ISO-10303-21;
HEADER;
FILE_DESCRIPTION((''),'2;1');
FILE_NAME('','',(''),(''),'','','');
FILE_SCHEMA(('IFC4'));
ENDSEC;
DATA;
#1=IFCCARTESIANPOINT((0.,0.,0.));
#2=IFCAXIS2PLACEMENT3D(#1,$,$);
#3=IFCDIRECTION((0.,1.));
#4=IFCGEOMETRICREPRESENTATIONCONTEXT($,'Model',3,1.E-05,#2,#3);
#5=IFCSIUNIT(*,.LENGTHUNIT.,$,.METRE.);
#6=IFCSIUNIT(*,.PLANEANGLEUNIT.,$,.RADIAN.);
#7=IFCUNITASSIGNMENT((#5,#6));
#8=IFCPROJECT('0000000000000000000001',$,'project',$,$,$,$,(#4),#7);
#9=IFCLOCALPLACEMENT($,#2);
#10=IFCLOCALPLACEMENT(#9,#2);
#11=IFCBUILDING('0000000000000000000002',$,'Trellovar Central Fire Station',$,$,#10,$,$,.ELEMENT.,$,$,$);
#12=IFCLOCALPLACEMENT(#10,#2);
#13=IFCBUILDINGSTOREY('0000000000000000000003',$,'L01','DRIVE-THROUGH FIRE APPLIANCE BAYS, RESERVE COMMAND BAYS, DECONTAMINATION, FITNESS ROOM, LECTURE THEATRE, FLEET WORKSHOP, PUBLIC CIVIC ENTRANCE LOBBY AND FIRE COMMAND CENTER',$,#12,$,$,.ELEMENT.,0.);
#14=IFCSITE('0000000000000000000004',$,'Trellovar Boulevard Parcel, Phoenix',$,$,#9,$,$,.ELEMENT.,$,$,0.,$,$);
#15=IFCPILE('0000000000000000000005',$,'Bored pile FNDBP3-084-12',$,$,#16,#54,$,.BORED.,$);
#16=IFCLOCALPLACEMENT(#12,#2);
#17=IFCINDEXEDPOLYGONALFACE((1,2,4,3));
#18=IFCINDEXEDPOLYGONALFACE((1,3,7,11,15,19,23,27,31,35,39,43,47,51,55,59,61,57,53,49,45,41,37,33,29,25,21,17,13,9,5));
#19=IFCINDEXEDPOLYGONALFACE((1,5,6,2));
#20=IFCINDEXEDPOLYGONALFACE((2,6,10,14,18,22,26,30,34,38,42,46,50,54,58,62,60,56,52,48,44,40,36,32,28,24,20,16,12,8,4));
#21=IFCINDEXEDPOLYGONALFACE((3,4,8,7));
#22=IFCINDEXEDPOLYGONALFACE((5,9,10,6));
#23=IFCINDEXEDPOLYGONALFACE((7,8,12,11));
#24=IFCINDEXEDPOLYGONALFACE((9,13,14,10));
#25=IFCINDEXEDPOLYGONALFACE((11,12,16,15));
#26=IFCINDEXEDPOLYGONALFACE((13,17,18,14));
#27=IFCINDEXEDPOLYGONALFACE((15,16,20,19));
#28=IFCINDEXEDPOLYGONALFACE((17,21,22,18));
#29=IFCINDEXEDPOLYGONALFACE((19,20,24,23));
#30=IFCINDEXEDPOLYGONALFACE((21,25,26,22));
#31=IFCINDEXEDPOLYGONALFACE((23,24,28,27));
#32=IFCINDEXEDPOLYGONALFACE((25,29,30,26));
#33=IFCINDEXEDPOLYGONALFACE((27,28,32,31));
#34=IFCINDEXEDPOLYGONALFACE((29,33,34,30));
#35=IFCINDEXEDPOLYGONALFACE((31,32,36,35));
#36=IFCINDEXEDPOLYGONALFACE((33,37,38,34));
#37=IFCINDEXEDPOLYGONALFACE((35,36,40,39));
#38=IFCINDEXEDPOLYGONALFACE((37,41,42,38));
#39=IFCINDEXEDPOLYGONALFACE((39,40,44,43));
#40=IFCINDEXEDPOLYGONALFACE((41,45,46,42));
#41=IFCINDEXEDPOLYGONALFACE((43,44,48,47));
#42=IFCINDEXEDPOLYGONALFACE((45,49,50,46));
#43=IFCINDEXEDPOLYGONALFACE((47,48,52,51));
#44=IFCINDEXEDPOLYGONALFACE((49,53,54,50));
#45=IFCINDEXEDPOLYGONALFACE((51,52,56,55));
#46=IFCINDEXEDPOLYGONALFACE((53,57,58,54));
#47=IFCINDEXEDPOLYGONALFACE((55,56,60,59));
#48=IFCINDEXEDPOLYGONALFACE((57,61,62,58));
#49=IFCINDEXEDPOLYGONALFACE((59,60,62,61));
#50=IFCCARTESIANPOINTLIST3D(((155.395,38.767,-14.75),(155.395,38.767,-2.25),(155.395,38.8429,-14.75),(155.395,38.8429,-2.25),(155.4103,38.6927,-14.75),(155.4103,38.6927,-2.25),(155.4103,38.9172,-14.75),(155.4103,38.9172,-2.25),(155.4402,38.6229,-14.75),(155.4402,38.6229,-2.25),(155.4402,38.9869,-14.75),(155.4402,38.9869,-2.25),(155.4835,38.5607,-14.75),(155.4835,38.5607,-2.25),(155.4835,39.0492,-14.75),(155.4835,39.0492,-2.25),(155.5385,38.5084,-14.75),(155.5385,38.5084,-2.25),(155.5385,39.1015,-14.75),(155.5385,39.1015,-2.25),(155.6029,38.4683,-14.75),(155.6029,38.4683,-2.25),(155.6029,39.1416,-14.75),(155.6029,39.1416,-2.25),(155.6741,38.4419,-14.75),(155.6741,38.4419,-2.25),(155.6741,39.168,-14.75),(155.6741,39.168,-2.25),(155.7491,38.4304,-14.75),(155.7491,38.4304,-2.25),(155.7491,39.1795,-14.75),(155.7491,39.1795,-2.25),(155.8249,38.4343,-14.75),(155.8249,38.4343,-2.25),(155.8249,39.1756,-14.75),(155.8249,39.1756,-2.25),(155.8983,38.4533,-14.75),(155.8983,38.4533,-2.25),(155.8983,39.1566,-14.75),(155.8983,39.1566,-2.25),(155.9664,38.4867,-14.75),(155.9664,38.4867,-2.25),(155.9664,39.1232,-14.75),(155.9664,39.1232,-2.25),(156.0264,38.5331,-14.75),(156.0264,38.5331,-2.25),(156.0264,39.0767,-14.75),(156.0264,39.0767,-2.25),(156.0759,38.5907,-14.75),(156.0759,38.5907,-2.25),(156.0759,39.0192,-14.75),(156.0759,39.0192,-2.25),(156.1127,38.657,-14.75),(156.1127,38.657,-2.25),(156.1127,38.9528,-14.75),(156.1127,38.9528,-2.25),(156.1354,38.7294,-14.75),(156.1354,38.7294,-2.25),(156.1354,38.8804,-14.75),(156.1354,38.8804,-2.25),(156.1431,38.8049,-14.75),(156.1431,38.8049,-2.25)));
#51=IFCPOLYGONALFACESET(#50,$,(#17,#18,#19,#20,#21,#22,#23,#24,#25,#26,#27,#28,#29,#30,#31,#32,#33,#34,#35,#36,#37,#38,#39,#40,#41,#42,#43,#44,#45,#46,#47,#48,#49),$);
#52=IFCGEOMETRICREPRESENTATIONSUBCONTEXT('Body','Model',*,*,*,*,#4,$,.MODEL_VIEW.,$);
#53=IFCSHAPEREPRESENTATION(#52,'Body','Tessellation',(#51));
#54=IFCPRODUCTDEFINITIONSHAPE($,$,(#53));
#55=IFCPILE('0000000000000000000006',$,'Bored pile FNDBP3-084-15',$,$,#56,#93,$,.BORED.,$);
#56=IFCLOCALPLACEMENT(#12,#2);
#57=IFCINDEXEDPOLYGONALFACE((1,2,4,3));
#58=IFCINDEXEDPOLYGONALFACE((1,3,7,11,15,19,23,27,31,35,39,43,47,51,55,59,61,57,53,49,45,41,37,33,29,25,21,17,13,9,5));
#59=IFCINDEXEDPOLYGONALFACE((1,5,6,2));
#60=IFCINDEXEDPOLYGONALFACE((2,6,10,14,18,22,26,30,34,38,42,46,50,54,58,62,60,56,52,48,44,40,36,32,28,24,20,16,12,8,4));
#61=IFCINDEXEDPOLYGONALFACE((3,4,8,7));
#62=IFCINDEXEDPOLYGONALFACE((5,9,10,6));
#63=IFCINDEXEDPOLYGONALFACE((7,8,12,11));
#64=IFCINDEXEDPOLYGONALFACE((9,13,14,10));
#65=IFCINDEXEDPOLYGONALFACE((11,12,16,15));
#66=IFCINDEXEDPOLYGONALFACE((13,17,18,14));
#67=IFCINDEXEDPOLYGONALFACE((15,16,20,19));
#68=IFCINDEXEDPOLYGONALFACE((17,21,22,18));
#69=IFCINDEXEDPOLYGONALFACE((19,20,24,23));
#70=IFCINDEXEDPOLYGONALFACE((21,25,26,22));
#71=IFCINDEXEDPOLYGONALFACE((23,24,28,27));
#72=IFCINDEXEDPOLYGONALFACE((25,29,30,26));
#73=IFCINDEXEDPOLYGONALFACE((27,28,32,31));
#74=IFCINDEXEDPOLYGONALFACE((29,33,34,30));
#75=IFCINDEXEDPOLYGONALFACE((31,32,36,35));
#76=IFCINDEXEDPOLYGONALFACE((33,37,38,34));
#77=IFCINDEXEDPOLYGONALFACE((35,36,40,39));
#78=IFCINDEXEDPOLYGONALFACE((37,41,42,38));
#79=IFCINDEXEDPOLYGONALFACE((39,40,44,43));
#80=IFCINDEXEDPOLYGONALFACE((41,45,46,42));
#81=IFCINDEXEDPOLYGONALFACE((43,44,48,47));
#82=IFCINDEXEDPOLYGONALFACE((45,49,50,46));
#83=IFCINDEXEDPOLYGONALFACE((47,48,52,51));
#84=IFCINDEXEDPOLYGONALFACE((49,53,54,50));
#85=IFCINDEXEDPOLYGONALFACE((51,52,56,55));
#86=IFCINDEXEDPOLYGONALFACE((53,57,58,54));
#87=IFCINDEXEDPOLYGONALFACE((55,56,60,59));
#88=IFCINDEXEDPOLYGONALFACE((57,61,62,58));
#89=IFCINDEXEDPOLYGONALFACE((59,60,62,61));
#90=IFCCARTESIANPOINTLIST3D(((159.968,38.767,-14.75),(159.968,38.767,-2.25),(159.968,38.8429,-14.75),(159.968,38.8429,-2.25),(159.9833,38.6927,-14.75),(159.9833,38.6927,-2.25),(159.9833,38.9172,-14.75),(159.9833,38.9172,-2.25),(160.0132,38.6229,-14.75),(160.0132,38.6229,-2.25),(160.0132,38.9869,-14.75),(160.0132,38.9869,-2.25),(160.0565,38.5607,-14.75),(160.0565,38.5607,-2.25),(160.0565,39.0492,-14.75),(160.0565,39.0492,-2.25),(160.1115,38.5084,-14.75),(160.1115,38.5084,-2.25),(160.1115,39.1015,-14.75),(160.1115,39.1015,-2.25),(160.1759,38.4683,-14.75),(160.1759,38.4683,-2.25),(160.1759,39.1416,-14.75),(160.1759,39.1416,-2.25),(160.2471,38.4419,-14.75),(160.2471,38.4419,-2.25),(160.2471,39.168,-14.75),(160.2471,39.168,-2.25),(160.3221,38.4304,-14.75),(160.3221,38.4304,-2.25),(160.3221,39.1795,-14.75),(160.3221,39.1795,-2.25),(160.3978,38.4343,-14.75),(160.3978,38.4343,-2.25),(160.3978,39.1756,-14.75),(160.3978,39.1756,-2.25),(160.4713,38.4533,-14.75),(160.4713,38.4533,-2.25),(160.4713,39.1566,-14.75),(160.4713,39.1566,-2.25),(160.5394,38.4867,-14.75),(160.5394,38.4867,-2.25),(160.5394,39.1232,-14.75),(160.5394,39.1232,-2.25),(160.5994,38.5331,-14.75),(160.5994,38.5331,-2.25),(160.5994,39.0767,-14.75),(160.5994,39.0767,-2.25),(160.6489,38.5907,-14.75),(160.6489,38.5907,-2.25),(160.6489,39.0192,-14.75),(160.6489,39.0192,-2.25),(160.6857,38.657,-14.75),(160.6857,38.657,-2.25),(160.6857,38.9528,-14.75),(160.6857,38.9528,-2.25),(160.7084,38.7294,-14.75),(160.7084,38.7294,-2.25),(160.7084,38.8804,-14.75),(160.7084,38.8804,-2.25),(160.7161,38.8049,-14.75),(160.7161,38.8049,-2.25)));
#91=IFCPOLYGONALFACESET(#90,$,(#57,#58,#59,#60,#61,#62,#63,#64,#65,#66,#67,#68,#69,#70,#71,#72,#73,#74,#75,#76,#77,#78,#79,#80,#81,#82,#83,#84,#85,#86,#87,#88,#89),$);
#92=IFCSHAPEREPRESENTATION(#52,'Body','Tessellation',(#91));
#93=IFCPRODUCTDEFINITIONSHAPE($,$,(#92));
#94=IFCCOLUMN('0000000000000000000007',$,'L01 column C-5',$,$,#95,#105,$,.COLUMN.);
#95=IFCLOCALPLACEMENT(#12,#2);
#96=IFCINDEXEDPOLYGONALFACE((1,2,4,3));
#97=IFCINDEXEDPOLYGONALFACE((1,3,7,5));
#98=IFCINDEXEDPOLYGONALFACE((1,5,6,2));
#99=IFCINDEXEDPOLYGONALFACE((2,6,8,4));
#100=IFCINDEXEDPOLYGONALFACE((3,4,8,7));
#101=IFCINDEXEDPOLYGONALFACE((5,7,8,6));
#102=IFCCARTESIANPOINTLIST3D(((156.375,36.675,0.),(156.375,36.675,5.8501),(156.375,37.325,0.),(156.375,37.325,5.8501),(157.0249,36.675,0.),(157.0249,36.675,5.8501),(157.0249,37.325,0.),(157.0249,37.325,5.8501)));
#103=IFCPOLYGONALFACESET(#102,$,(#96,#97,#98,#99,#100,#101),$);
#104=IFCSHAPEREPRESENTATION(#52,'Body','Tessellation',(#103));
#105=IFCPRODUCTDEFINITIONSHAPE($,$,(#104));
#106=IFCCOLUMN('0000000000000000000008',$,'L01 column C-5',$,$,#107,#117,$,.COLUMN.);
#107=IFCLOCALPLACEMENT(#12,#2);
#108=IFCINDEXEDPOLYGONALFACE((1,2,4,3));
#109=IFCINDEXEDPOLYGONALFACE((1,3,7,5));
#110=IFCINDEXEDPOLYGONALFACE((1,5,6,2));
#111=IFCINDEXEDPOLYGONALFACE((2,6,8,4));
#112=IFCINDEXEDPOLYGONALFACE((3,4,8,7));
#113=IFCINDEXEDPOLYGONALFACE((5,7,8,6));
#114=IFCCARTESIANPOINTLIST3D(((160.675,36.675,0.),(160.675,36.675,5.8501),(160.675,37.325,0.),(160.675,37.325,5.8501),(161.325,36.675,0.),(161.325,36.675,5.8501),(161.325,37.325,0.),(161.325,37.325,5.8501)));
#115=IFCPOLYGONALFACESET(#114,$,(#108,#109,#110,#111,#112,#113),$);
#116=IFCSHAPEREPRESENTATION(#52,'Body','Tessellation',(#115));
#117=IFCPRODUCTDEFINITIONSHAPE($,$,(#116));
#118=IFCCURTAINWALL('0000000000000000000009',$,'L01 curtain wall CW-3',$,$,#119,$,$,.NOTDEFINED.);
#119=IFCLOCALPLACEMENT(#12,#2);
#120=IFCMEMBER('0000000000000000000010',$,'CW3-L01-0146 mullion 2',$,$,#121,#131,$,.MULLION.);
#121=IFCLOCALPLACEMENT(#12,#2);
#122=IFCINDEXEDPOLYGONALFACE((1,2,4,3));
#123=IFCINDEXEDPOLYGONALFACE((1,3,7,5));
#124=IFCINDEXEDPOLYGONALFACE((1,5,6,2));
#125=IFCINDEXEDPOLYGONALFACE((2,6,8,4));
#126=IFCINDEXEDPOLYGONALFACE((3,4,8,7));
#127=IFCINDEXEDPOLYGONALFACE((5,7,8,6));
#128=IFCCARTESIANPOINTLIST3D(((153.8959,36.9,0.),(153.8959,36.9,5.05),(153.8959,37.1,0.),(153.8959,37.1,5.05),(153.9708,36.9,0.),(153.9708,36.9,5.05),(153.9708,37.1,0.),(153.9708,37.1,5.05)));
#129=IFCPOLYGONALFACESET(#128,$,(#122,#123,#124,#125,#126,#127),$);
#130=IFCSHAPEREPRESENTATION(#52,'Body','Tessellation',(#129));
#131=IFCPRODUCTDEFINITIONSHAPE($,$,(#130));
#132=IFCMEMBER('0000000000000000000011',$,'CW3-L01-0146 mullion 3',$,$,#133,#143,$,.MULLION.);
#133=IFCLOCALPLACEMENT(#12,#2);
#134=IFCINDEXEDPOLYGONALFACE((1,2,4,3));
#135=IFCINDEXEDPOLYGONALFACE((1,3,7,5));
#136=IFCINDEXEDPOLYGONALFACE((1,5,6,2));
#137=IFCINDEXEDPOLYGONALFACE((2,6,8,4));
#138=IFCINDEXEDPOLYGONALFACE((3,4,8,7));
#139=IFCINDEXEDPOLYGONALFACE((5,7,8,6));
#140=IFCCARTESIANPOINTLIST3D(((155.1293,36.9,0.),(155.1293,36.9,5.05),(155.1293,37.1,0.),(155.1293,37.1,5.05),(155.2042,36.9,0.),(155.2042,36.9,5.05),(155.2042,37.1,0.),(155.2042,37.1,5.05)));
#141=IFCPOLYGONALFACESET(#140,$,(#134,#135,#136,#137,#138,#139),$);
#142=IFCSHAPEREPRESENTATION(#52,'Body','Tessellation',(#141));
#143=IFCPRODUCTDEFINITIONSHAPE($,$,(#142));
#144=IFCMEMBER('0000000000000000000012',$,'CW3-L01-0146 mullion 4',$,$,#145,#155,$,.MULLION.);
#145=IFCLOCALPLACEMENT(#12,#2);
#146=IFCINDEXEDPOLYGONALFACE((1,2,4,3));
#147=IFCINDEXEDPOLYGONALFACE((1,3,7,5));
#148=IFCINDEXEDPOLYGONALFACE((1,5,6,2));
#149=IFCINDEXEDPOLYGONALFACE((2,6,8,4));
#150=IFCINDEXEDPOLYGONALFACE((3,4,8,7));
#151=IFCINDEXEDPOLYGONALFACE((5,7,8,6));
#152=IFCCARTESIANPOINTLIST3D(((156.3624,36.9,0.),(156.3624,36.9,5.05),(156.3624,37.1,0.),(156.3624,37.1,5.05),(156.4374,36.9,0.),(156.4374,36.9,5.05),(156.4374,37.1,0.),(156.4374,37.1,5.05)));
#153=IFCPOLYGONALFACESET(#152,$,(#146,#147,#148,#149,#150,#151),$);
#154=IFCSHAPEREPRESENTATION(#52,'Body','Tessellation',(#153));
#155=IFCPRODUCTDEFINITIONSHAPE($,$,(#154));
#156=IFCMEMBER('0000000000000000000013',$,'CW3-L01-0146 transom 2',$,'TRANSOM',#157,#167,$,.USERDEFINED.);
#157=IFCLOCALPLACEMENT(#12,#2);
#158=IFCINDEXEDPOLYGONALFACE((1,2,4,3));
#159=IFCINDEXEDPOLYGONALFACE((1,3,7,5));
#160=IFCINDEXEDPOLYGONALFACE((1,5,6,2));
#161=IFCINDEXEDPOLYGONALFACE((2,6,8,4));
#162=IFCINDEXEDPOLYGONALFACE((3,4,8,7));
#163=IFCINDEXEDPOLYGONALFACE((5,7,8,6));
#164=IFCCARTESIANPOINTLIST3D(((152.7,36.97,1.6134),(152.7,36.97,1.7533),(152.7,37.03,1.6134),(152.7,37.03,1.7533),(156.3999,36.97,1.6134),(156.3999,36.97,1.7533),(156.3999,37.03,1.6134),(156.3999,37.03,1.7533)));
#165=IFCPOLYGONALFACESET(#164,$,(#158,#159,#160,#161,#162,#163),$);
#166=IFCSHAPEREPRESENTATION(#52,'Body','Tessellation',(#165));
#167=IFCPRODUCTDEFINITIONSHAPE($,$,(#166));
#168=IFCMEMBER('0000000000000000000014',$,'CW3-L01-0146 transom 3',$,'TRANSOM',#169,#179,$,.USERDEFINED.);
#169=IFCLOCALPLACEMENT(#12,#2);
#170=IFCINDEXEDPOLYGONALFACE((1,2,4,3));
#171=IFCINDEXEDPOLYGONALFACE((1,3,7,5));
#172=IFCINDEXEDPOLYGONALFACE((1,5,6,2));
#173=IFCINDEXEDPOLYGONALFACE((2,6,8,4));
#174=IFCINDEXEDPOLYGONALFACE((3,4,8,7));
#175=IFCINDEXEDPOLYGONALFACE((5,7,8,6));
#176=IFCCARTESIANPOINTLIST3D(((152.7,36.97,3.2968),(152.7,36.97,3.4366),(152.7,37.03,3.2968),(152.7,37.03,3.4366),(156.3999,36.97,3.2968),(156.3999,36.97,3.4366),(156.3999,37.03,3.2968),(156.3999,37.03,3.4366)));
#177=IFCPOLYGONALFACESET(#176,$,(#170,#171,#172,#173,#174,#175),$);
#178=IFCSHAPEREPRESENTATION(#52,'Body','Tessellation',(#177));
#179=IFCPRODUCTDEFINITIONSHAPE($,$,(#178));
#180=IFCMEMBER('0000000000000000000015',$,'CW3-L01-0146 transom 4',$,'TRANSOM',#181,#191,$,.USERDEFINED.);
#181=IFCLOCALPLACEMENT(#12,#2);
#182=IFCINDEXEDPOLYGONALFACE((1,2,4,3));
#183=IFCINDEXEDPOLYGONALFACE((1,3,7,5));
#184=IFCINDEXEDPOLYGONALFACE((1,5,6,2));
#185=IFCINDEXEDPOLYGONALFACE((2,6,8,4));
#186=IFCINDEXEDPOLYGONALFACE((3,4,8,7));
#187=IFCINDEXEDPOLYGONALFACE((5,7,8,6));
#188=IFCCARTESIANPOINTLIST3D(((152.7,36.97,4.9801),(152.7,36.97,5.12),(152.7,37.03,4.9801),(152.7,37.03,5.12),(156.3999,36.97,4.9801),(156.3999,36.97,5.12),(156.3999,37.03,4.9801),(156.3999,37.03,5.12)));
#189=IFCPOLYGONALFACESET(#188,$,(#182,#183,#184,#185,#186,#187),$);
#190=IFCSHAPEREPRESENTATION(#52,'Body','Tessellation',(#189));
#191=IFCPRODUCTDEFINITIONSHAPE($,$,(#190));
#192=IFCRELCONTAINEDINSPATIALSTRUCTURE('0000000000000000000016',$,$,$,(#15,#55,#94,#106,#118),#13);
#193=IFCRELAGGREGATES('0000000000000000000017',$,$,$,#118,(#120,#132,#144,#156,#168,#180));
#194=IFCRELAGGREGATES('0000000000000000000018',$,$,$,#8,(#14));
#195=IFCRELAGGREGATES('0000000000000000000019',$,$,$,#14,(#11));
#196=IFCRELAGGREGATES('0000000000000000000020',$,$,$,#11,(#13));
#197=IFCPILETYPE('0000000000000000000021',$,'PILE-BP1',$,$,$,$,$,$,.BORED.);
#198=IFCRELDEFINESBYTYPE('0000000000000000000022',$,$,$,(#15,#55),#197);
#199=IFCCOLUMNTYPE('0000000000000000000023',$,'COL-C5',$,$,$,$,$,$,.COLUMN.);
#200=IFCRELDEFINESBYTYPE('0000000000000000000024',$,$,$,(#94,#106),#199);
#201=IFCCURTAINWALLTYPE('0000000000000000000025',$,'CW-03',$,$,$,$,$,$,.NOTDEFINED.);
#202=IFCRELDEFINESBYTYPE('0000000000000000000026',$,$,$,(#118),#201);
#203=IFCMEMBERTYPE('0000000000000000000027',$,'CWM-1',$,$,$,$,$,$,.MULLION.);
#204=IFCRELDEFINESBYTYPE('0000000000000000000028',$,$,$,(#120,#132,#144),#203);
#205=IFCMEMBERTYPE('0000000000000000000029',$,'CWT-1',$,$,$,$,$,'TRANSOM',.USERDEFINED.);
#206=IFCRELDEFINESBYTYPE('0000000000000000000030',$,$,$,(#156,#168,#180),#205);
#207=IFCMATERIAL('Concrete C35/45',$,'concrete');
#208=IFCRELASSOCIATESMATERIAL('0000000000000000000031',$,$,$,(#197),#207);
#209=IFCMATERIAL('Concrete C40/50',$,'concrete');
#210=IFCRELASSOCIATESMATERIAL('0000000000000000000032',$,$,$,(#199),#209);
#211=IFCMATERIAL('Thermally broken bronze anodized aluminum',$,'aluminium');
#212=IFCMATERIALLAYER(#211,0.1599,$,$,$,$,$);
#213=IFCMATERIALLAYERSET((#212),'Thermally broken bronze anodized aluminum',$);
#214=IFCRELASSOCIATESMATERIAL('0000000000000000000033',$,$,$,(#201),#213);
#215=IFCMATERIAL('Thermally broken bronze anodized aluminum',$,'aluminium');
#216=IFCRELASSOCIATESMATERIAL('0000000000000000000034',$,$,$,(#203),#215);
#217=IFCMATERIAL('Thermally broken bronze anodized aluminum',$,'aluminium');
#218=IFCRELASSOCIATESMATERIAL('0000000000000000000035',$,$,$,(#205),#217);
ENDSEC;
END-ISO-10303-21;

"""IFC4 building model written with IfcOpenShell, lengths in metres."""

from ifc_helpers import new_model, si_unit, direction, frame, origin, origin_2d, place, context, subcontext, project, spatial, rectangle, circle, extrude, material, layer, layer_set, material_profile, profile_set, type_object, element, aggregate, save


model = new_model("IFC4")

# Units and contexts
model_context = context("Model", 3, precision=1e-05, world=origin(), true_north=direction((0.0, 1.0)))
body_context = subcontext(model_context, "Body", "Model", "MODEL_VIEW")
ifc_project = project(units=[si_unit("LENGTHUNIT", "METRE"), si_unit("PLANEANGLEUNIT", "RADIAN")], contexts=[model_context])

# Site, building, storey
site_placement = place(None, origin())
site = spatial("IfcSite", under=ifc_project, at=site_placement, Name="Trellovar Boulevard Parcel, Phoenix", CompositionType="ELEMENT", RefElevation=0.0)
building_placement = place(site_placement, origin())
building = spatial("IfcBuilding", under=site, at=building_placement, Name="Trellovar Central Fire Station", CompositionType="ELEMENT")
storey_placement = place(building_placement, origin())
storey = spatial("IfcBuildingStorey", under=building, at=storey_placement, Name="L01", Description="DRIVE-THROUGH FIRE APPLIANCE BAYS, RESERVE COMMAND BAYS, DECONTAMINATION, FITNESS ROOM, LECTURE THEATRE, FLEET WORKSHOP, PUBLIC CIVIC ENTRANCE LOBBY AND FIRE COMMAND CENTER", CompositionType="ELEMENT", Elevation=0.0)

# Piles
ifc_material_1 = material(Name="Concrete C35/45", Category="concrete")
ifc_material_profile_1 = material_profile(ifc_material_1, circle(Radius=0.375, at=origin_2d()), Name="PILE750")
ifc_profile_set_1 = profile_set([ifc_material_profile_1], Name="Concrete C35/45")
pile_type = type_object("IfcPileType", Name="PILE-BP1", PredefinedType="BORED", material=ifc_profile_set_1)
for number, where, z_axis, x_axis, name in (
    (1, (155.7681, 38.8049, -2.25), (0.0, 0.0, -1.0), (1.0, 0.0, 0.0), "Bored pile FNDBP3-084-12"),
    (2, (160.3411, 38.8049, -2.25), (0.0, 0.0, -1.0), (1.0, 0.0, 0.0), "Bored pile FNDBP3-084-15"),
):
    element("IfcPile", number, at=place(storey_placement, frame(where, z_axis=z_axis, x_axis=x_axis)), inside=storey, type_object=pile_type, Name=name, PredefinedType="BORED", context=body_context, shape_type="SweptSolid", body=[
        extrude(circle(Radius=0.375, at=origin_2d()), origin(), (0.0, 0.0, 1.0), 12.5),
    ])

# Columns
ifc_material_2 = material(Name="Concrete C40/50", Category="concrete")
ifc_material_profile_2 = material_profile(ifc_material_2, rectangle(XDim=0.6499, YDim=0.6499, at=origin_2d()), Name="RC650X650")
ifc_profile_set_2 = profile_set([ifc_material_profile_2], Name="Concrete C40/50")
column_type = type_object("IfcColumnType", Name="COL-C5", PredefinedType="COLUMN", material=ifc_profile_set_2)
for number, where, z_axis, x_axis, name in (
    (3, (156.7, 37.0, 0.0), (0.0, 0.0, 1.0), (1.0, 0.0, 0.0), "L01 column C-5"),
    (4, (161.0, 37.0, 0.0), (0.0, 0.0, 1.0), (1.0, 0.0, 0.0), "L01 column C-5"),
):
    element("IfcColumn", number, at=place(storey_placement, frame(where, z_axis=z_axis, x_axis=x_axis)), inside=storey, type_object=column_type, Name=name, PredefinedType="COLUMN", context=body_context, shape_type="SweptSolid", body=[
        extrude(rectangle(XDim=0.6499, YDim=0.6499, at=origin_2d()), origin(), (0.0, 0.0, 1.0), 5.8501),
    ])

# Curtain wall, members
ifc_material_3 = material(Name="Thermally broken bronze anodized aluminum", Category="aluminium")
ifc_layer_1 = layer(ifc_material_3, 0.1599)
ifc_layer_set_1 = layer_set([ifc_layer_1], Name="Thermally broken bronze anodized aluminum")
curtain_wall_type = type_object("IfcCurtainWallType", Name="CW-03", PredefinedType="NOTDEFINED", material=ifc_layer_set_1)
curtain_wall_placement = place(storey_placement, origin())
curtain_wall = element("IfcCurtainWall", 5, at=curtain_wall_placement, inside=storey, type_object=curtain_wall_type, Name="L01 curtain wall CW-3", PredefinedType="NOTDEFINED")
ifc_material_4 = material(Name="Thermally broken bronze anodized aluminum", Category="aluminium")
ifc_material_profile_3 = material_profile(ifc_material_4, rectangle(XDim=0.075, YDim=0.2, at=origin_2d()), Name="ALU75X200")
ifc_profile_set_3 = profile_set([ifc_material_profile_3], Name="Thermally broken bronze anodized aluminum")
member_type_1 = type_object("IfcMemberType", Name="CWM-1", PredefinedType="MULLION", material=ifc_profile_set_3)
member_1_placement = place(storey_placement, frame((153.9333, 37.0, 0.0), z_axis=(0.0, 0.0, 1.0), x_axis=(1.0, 0.0, 0.0)))
member_1 = element("IfcMember", 6, at=member_1_placement, type_object=member_type_1, Name="CW3-L01-0146 mullion 2", PredefinedType="MULLION", context=body_context, shape_type="SweptSolid", body=[
    extrude(rectangle(XDim=0.075, YDim=0.2, at=origin_2d()), origin(), (0.0, 0.0, 1.0), 5.05),
])
member_2_placement = place(storey_placement, frame((155.1667, 37.0, 0.0), z_axis=(0.0, 0.0, 1.0), x_axis=(1.0, 0.0, 0.0)))
member_2 = element("IfcMember", 7, at=member_2_placement, type_object=member_type_1, Name="CW3-L01-0146 mullion 3", PredefinedType="MULLION", context=body_context, shape_type="SweptSolid", body=[
    extrude(rectangle(XDim=0.075, YDim=0.2, at=origin_2d()), origin(), (0.0, 0.0, 1.0), 5.05),
])
member_3_placement = place(storey_placement, frame((156.3999, 37.0, 0.0), z_axis=(0.0, 0.0, 1.0), x_axis=(1.0, 0.0, 0.0)))
member_3 = element("IfcMember", 8, at=member_3_placement, type_object=member_type_1, Name="CW3-L01-0146 mullion 4", PredefinedType="MULLION", context=body_context, shape_type="SweptSolid", body=[
    extrude(rectangle(XDim=0.075, YDim=0.2, at=origin_2d()), origin(), (0.0, 0.0, 1.0), 5.05),
])
ifc_material_5 = material(Name="Thermally broken bronze anodized aluminum", Category="aluminium")
ifc_material_profile_4 = material_profile(ifc_material_5, rectangle(XDim=0.0601, YDim=0.1399, at=origin_2d()), Name="ALU60X140")
ifc_profile_set_4 = profile_set([ifc_material_profile_4], Name="Thermally broken bronze anodized aluminum")
member_type_2 = type_object("IfcMemberType", Name="CWT-1", ElementType="TRANSOM", PredefinedType="USERDEFINED", material=ifc_profile_set_4)
member_4_placement = place(storey_placement, frame((152.7, 37.0, 1.6833), z_axis=(1.0, 0.0, 0.0), x_axis=(0.0, 1.0, 0.0)))
member_4 = element("IfcMember", 9, at=member_4_placement, type_object=member_type_2, Name="CW3-L01-0146 transom 2", ObjectType="TRANSOM", PredefinedType="USERDEFINED", context=body_context, shape_type="SweptSolid", body=[
    extrude(rectangle(XDim=0.0601, YDim=0.1399, at=origin_2d()), origin(), (0.0, 0.0, 1.0), 3.7),
])
member_5_placement = place(storey_placement, frame((152.7, 37.0, 3.3667), z_axis=(1.0, 0.0, 0.0), x_axis=(0.0, 1.0, 0.0)))
member_5 = element("IfcMember", 10, at=member_5_placement, type_object=member_type_2, Name="CW3-L01-0146 transom 3", ObjectType="TRANSOM", PredefinedType="USERDEFINED", context=body_context, shape_type="SweptSolid", body=[
    extrude(rectangle(XDim=0.0601, YDim=0.1399, at=origin_2d()), origin(), (0.0, 0.0, 1.0), 3.7),
])
member_6_placement = place(storey_placement, frame((152.7, 37.0, 5.05), z_axis=(1.0, 0.0, 0.0), x_axis=(0.0, 1.0, 0.0)))
member_6 = element("IfcMember", 11, at=member_6_placement, type_object=member_type_2, Name="CW3-L01-0146 transom 4", ObjectType="TRANSOM", PredefinedType="USERDEFINED", context=body_context, shape_type="SweptSolid", body=[
    extrude(rectangle(XDim=0.0601, YDim=0.1399, at=origin_2d()), origin(), (0.0, 0.0, 1.0), 3.7),
])
aggregate(curtain_wall, [member_1, member_2, member_3, member_4, member_5, member_6])

save(model, "model.ifc")
